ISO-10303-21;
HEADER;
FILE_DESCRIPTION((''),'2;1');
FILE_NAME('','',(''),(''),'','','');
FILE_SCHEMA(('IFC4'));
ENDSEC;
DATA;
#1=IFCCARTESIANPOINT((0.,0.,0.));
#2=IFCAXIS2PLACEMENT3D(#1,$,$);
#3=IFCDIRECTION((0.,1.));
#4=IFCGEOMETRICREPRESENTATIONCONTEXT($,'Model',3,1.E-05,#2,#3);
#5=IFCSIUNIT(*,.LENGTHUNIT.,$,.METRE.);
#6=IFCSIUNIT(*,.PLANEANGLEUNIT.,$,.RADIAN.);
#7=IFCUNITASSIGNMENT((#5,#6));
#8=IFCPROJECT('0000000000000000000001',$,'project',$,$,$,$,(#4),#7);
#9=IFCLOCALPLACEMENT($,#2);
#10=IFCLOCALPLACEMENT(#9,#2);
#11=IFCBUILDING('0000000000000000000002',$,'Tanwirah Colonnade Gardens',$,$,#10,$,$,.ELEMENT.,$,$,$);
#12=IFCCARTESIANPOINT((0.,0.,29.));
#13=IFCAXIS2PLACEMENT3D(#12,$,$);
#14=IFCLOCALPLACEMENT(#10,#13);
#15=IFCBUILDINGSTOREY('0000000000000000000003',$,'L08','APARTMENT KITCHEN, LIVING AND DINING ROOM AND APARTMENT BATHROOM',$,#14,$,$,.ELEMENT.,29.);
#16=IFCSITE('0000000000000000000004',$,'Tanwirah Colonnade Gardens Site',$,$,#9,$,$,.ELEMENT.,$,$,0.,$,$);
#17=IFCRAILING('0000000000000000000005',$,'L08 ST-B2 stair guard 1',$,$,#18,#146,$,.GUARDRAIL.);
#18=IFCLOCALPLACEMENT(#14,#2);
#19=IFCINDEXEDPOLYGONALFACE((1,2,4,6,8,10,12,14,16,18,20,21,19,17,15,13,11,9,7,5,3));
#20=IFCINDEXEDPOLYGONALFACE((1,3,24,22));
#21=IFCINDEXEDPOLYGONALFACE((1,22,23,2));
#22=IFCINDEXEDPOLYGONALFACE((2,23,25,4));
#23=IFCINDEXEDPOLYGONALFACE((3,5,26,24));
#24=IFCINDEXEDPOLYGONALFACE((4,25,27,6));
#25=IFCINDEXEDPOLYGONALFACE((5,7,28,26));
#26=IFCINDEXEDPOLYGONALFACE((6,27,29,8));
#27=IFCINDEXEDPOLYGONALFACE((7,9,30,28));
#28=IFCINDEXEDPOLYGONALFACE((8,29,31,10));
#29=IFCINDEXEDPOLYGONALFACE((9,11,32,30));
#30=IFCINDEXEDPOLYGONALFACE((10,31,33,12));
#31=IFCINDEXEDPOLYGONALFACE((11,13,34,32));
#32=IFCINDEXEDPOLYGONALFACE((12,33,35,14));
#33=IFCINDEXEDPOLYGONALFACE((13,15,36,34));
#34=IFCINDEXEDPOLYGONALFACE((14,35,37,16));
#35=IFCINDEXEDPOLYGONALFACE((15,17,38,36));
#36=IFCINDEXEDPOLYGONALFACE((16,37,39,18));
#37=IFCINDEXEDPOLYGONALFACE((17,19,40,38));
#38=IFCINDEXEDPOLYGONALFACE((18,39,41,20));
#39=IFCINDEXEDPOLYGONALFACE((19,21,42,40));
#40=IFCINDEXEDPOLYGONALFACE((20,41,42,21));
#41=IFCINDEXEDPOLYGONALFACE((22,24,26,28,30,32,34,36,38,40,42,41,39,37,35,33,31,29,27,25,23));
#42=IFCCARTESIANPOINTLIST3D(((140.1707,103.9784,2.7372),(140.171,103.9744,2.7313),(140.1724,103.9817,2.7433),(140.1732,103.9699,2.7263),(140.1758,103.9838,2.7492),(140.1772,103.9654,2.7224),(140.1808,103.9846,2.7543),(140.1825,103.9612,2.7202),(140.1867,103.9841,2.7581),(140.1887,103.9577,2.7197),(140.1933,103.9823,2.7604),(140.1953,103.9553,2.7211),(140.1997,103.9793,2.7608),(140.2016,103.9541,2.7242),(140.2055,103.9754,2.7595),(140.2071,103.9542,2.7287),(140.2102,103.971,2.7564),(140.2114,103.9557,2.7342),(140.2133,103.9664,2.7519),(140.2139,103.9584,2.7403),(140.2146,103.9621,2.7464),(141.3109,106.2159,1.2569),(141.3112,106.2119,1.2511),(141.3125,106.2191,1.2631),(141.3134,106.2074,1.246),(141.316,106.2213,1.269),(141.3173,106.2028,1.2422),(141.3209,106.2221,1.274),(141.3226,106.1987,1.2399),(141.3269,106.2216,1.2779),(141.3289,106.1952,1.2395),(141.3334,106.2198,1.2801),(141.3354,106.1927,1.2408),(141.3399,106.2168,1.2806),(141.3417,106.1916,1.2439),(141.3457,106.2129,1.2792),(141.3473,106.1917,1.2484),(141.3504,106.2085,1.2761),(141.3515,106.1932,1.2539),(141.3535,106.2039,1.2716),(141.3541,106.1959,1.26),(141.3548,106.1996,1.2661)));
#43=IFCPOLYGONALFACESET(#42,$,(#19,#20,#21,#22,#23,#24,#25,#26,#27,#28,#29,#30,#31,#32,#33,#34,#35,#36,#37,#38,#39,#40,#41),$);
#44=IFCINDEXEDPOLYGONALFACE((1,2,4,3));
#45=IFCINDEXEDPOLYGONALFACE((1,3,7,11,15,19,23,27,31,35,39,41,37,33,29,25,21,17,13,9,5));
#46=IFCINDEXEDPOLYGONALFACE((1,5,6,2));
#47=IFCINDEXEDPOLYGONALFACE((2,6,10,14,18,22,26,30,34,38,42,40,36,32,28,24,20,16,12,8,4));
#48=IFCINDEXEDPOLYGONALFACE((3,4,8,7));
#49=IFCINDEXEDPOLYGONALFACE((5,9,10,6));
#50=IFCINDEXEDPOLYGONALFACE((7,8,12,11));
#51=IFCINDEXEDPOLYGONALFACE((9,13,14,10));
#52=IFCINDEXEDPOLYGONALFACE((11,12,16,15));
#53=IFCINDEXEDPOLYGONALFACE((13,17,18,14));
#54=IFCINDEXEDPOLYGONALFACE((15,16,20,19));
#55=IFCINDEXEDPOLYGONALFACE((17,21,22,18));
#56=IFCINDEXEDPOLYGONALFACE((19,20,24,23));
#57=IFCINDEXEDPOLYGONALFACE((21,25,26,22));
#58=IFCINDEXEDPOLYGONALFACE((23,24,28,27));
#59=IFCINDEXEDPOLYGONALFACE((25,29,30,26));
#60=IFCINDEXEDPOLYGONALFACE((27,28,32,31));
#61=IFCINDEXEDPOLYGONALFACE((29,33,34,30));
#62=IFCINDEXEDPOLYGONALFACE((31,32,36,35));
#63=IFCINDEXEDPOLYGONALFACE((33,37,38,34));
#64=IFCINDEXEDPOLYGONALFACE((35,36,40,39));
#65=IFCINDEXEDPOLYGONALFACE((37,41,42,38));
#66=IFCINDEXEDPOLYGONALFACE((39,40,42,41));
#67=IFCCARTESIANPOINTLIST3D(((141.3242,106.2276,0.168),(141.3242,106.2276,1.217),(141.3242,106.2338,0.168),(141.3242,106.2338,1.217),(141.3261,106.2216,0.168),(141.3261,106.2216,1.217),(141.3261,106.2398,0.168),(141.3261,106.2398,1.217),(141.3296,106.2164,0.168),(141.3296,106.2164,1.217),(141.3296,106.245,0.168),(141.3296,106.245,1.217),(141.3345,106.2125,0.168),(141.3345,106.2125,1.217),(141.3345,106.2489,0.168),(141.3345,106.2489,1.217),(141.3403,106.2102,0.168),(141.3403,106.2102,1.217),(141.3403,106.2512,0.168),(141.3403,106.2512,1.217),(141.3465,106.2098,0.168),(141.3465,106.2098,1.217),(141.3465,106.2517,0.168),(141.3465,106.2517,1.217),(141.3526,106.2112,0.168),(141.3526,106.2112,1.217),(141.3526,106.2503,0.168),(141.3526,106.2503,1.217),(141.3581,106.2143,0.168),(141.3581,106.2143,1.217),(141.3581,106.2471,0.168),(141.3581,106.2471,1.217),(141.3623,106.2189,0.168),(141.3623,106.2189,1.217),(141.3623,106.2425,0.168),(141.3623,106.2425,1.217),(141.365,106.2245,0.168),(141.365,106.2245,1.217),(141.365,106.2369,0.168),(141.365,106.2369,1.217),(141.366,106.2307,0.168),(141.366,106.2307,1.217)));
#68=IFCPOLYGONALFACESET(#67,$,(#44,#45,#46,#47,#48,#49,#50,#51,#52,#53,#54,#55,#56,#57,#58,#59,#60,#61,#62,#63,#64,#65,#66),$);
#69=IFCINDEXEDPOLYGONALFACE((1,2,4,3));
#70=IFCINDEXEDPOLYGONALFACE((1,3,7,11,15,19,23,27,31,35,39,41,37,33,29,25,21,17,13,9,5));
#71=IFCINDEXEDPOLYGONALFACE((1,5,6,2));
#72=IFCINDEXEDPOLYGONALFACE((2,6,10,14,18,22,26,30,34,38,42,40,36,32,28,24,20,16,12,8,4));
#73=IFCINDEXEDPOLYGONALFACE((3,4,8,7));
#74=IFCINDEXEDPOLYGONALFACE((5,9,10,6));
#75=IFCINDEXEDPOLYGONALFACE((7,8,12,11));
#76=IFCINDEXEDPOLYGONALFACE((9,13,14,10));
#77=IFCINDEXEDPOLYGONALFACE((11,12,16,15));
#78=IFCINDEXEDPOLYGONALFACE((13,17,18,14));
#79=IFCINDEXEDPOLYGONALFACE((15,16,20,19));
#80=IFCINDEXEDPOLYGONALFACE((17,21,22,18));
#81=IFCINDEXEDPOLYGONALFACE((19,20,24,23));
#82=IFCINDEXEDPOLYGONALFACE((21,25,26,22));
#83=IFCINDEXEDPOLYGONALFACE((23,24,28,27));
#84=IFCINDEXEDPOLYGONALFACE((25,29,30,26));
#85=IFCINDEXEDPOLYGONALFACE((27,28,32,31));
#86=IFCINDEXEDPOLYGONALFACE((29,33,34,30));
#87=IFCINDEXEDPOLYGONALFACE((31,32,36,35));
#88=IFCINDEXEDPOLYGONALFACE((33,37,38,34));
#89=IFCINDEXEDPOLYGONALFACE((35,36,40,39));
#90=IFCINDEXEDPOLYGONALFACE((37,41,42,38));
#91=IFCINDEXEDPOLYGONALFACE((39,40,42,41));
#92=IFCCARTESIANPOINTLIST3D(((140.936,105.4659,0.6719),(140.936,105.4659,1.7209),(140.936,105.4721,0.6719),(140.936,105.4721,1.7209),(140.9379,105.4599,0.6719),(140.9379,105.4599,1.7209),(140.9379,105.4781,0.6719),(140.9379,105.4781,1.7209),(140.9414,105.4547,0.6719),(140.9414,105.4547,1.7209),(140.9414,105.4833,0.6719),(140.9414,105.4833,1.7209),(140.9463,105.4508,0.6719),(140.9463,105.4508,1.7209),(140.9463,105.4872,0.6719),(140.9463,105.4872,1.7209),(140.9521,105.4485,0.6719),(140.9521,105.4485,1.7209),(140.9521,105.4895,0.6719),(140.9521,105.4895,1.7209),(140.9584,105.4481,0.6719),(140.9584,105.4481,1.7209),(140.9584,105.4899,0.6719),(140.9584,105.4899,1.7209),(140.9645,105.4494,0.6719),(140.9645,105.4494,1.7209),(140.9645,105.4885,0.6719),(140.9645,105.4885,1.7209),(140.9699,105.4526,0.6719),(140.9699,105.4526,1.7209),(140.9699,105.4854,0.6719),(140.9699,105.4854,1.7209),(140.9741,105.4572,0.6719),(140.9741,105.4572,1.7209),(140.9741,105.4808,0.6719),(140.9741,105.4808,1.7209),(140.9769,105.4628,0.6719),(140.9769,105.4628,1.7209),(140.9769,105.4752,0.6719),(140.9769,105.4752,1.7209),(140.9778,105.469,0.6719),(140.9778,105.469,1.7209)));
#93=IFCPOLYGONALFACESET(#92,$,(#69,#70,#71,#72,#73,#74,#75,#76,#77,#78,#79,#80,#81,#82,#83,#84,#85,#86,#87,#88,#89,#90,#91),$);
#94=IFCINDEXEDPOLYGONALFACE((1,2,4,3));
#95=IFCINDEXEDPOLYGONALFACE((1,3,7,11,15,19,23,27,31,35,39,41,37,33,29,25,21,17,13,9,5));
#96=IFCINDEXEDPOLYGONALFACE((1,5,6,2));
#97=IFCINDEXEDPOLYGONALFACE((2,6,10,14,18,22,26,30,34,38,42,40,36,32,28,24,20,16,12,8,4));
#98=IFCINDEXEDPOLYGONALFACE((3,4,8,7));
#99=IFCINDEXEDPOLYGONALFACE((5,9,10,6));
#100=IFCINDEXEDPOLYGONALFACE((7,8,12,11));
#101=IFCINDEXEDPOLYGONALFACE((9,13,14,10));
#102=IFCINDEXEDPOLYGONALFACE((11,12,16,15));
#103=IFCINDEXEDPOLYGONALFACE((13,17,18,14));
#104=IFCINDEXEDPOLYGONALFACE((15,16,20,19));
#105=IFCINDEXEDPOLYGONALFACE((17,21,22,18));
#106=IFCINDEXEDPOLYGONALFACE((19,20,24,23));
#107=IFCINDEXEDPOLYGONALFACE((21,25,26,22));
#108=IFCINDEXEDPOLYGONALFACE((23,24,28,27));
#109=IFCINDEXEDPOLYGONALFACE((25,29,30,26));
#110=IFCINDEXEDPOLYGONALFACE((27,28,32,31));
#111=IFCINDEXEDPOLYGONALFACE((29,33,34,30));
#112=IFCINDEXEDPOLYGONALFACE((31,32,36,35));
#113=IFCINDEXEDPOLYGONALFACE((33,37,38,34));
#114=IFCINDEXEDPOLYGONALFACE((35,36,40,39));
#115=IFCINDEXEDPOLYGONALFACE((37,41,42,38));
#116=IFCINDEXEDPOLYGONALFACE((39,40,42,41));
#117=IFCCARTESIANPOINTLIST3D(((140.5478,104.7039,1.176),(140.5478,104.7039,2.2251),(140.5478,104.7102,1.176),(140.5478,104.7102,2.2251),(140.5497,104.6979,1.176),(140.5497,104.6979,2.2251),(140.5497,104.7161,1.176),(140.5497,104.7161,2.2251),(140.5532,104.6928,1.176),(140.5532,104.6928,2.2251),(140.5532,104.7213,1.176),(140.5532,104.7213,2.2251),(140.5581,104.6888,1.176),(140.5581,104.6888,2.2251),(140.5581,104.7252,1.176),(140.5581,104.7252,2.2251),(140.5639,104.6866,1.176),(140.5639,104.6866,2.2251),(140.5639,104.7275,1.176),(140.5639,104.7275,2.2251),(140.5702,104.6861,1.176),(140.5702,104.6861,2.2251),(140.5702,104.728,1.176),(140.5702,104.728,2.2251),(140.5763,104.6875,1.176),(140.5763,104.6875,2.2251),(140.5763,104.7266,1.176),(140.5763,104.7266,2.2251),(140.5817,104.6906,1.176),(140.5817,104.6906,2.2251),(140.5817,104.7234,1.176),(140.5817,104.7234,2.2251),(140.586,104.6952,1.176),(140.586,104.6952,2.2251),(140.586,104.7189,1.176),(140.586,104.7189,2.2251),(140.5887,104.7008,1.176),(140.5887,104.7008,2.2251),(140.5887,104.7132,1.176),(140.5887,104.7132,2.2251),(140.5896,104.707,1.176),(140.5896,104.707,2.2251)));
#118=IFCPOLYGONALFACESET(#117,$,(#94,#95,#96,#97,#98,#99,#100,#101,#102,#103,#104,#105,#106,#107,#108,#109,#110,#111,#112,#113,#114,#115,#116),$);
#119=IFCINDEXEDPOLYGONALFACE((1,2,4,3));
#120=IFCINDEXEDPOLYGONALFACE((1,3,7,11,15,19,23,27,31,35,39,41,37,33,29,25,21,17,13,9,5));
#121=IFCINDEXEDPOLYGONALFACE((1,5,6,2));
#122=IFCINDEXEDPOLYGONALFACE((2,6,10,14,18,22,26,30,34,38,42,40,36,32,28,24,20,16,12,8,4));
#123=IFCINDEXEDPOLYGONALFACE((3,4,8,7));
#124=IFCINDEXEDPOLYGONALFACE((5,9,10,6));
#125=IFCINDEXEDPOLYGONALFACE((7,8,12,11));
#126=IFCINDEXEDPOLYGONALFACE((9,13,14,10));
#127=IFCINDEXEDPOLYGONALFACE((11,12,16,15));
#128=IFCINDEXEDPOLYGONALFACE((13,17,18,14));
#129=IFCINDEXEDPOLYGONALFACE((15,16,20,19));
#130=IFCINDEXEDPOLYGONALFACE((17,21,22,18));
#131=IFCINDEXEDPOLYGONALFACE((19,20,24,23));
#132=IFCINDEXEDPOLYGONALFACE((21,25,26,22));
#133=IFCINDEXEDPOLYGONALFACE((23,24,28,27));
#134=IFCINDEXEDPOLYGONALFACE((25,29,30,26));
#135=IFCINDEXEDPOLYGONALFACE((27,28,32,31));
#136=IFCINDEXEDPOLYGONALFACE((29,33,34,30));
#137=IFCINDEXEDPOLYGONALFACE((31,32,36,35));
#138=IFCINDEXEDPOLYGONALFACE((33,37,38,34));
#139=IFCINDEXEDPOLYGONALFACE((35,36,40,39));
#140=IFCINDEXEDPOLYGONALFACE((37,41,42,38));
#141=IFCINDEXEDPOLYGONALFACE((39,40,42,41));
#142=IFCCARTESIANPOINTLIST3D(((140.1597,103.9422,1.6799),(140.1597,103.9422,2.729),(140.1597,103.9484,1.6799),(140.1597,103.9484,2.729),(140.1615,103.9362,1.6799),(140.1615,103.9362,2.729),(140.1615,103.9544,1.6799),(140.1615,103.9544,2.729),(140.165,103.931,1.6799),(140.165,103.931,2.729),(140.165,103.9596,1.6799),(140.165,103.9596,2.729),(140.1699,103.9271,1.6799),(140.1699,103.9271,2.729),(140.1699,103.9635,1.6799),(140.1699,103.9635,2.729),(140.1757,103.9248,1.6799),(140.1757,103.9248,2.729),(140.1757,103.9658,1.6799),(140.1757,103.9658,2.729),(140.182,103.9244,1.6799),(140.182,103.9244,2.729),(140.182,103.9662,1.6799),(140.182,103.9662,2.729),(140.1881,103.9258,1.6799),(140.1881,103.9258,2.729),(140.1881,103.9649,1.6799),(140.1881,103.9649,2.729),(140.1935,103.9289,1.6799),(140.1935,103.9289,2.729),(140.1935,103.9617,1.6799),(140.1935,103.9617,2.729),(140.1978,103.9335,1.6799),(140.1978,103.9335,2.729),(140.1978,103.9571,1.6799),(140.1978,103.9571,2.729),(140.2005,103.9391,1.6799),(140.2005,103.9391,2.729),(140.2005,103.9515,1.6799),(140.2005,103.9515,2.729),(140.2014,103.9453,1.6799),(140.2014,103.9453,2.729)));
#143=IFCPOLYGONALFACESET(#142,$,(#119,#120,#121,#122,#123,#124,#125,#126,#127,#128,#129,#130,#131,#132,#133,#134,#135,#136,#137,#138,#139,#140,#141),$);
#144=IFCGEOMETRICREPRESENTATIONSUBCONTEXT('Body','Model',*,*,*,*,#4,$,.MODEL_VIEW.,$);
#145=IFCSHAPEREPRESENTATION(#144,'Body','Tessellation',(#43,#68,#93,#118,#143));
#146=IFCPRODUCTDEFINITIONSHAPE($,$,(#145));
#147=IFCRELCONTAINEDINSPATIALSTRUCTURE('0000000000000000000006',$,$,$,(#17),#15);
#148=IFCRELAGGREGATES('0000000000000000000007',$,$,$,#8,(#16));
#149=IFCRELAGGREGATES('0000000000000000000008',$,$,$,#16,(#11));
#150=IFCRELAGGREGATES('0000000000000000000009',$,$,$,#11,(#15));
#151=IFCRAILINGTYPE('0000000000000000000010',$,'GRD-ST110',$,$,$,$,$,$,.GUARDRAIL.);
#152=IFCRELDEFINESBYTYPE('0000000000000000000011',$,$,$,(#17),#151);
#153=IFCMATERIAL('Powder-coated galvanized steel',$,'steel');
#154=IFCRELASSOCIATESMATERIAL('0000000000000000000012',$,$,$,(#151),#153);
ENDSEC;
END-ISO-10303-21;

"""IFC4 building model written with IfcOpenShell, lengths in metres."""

from ifc_helpers import new_model, si_unit, direction, frame, origin, origin_2d, place, context, subcontext, project, spatial, circle, extrude, material, type_object, element, save


model = new_model("IFC4")

# Units and contexts
model_context = context("Model", 3, precision=1e-05, world=origin(), true_north=direction((0.0, 1.0)))
body_context = subcontext(model_context, "Body", "Model", "MODEL_VIEW")
ifc_project = project(units=[si_unit("LENGTHUNIT", "METRE"), si_unit("PLANEANGLEUNIT", "RADIAN")], contexts=[model_context])

# Site, building, storey
site_placement = place(None, origin())
site = spatial("IfcSite", under=ifc_project, at=site_placement, Name="Tanwirah Colonnade Gardens Site", CompositionType="ELEMENT", RefElevation=0.0)
building_placement = place(site_placement, origin())
building = spatial("IfcBuilding", under=site, at=building_placement, Name="Tanwirah Colonnade Gardens", CompositionType="ELEMENT")
storey_placement = place(building_placement, frame((0.0, 0.0, 29.0)))
storey = spatial("IfcBuildingStorey", under=building, at=storey_placement, Name="L08", Description="APARTMENT KITCHEN, LIVING AND DINING ROOM AND APARTMENT BATHROOM", CompositionType="ELEMENT", Elevation=29.0)

# Railing
ifc_material_1 = material(Name="Powder-coated galvanized steel", Category="steel")
railing_type_1 = type_object("IfcRailingType", Name="GRD-ST110", PredefinedType="GUARDRAIL", material=ifc_material_1)
railing_1_placement = place(storey_placement, frame((141.345, 106.2307, 0.168)))
element("IfcRailing", 1, at=railing_1_placement, inside=storey, type_object=railing_type_1, Name="L08 ST-B2 stair guard 1", PredefinedType="GUARDRAIL", context=body_context, shape_type="SweptSolid", body=[
    extrude(circle(Radius=0.0239, at=origin_2d()), frame((-0.0122, -0.0239, 1.092), z_axis=(-0.391122, -0.767567, 0.507803), x_axis=(0.890994, -0.454016, 0.0)), (0.0, 0.0, 1.0), 2.915),
    extrude(circle(Radius=0.021, at=origin_2d()), origin(), (0.0, 0.0, 1.0), 1.0491),
    extrude(circle(Radius=0.021, at=origin_2d()), frame((-0.3882, -0.7617, 0.5039)), (0.0, 0.0, 1.0), 1.0491),
    extrude(circle(Radius=0.021, at=origin_2d()), frame((-0.7764, -1.5237, 1.0081)), (0.0, 0.0, 1.0), 1.0491),
    extrude(circle(Radius=0.021, at=origin_2d()), frame((-1.1646, -2.2854, 1.512)), (0.0, 0.0, 1.0), 1.0491),
])

save(model, "model.ifc")
